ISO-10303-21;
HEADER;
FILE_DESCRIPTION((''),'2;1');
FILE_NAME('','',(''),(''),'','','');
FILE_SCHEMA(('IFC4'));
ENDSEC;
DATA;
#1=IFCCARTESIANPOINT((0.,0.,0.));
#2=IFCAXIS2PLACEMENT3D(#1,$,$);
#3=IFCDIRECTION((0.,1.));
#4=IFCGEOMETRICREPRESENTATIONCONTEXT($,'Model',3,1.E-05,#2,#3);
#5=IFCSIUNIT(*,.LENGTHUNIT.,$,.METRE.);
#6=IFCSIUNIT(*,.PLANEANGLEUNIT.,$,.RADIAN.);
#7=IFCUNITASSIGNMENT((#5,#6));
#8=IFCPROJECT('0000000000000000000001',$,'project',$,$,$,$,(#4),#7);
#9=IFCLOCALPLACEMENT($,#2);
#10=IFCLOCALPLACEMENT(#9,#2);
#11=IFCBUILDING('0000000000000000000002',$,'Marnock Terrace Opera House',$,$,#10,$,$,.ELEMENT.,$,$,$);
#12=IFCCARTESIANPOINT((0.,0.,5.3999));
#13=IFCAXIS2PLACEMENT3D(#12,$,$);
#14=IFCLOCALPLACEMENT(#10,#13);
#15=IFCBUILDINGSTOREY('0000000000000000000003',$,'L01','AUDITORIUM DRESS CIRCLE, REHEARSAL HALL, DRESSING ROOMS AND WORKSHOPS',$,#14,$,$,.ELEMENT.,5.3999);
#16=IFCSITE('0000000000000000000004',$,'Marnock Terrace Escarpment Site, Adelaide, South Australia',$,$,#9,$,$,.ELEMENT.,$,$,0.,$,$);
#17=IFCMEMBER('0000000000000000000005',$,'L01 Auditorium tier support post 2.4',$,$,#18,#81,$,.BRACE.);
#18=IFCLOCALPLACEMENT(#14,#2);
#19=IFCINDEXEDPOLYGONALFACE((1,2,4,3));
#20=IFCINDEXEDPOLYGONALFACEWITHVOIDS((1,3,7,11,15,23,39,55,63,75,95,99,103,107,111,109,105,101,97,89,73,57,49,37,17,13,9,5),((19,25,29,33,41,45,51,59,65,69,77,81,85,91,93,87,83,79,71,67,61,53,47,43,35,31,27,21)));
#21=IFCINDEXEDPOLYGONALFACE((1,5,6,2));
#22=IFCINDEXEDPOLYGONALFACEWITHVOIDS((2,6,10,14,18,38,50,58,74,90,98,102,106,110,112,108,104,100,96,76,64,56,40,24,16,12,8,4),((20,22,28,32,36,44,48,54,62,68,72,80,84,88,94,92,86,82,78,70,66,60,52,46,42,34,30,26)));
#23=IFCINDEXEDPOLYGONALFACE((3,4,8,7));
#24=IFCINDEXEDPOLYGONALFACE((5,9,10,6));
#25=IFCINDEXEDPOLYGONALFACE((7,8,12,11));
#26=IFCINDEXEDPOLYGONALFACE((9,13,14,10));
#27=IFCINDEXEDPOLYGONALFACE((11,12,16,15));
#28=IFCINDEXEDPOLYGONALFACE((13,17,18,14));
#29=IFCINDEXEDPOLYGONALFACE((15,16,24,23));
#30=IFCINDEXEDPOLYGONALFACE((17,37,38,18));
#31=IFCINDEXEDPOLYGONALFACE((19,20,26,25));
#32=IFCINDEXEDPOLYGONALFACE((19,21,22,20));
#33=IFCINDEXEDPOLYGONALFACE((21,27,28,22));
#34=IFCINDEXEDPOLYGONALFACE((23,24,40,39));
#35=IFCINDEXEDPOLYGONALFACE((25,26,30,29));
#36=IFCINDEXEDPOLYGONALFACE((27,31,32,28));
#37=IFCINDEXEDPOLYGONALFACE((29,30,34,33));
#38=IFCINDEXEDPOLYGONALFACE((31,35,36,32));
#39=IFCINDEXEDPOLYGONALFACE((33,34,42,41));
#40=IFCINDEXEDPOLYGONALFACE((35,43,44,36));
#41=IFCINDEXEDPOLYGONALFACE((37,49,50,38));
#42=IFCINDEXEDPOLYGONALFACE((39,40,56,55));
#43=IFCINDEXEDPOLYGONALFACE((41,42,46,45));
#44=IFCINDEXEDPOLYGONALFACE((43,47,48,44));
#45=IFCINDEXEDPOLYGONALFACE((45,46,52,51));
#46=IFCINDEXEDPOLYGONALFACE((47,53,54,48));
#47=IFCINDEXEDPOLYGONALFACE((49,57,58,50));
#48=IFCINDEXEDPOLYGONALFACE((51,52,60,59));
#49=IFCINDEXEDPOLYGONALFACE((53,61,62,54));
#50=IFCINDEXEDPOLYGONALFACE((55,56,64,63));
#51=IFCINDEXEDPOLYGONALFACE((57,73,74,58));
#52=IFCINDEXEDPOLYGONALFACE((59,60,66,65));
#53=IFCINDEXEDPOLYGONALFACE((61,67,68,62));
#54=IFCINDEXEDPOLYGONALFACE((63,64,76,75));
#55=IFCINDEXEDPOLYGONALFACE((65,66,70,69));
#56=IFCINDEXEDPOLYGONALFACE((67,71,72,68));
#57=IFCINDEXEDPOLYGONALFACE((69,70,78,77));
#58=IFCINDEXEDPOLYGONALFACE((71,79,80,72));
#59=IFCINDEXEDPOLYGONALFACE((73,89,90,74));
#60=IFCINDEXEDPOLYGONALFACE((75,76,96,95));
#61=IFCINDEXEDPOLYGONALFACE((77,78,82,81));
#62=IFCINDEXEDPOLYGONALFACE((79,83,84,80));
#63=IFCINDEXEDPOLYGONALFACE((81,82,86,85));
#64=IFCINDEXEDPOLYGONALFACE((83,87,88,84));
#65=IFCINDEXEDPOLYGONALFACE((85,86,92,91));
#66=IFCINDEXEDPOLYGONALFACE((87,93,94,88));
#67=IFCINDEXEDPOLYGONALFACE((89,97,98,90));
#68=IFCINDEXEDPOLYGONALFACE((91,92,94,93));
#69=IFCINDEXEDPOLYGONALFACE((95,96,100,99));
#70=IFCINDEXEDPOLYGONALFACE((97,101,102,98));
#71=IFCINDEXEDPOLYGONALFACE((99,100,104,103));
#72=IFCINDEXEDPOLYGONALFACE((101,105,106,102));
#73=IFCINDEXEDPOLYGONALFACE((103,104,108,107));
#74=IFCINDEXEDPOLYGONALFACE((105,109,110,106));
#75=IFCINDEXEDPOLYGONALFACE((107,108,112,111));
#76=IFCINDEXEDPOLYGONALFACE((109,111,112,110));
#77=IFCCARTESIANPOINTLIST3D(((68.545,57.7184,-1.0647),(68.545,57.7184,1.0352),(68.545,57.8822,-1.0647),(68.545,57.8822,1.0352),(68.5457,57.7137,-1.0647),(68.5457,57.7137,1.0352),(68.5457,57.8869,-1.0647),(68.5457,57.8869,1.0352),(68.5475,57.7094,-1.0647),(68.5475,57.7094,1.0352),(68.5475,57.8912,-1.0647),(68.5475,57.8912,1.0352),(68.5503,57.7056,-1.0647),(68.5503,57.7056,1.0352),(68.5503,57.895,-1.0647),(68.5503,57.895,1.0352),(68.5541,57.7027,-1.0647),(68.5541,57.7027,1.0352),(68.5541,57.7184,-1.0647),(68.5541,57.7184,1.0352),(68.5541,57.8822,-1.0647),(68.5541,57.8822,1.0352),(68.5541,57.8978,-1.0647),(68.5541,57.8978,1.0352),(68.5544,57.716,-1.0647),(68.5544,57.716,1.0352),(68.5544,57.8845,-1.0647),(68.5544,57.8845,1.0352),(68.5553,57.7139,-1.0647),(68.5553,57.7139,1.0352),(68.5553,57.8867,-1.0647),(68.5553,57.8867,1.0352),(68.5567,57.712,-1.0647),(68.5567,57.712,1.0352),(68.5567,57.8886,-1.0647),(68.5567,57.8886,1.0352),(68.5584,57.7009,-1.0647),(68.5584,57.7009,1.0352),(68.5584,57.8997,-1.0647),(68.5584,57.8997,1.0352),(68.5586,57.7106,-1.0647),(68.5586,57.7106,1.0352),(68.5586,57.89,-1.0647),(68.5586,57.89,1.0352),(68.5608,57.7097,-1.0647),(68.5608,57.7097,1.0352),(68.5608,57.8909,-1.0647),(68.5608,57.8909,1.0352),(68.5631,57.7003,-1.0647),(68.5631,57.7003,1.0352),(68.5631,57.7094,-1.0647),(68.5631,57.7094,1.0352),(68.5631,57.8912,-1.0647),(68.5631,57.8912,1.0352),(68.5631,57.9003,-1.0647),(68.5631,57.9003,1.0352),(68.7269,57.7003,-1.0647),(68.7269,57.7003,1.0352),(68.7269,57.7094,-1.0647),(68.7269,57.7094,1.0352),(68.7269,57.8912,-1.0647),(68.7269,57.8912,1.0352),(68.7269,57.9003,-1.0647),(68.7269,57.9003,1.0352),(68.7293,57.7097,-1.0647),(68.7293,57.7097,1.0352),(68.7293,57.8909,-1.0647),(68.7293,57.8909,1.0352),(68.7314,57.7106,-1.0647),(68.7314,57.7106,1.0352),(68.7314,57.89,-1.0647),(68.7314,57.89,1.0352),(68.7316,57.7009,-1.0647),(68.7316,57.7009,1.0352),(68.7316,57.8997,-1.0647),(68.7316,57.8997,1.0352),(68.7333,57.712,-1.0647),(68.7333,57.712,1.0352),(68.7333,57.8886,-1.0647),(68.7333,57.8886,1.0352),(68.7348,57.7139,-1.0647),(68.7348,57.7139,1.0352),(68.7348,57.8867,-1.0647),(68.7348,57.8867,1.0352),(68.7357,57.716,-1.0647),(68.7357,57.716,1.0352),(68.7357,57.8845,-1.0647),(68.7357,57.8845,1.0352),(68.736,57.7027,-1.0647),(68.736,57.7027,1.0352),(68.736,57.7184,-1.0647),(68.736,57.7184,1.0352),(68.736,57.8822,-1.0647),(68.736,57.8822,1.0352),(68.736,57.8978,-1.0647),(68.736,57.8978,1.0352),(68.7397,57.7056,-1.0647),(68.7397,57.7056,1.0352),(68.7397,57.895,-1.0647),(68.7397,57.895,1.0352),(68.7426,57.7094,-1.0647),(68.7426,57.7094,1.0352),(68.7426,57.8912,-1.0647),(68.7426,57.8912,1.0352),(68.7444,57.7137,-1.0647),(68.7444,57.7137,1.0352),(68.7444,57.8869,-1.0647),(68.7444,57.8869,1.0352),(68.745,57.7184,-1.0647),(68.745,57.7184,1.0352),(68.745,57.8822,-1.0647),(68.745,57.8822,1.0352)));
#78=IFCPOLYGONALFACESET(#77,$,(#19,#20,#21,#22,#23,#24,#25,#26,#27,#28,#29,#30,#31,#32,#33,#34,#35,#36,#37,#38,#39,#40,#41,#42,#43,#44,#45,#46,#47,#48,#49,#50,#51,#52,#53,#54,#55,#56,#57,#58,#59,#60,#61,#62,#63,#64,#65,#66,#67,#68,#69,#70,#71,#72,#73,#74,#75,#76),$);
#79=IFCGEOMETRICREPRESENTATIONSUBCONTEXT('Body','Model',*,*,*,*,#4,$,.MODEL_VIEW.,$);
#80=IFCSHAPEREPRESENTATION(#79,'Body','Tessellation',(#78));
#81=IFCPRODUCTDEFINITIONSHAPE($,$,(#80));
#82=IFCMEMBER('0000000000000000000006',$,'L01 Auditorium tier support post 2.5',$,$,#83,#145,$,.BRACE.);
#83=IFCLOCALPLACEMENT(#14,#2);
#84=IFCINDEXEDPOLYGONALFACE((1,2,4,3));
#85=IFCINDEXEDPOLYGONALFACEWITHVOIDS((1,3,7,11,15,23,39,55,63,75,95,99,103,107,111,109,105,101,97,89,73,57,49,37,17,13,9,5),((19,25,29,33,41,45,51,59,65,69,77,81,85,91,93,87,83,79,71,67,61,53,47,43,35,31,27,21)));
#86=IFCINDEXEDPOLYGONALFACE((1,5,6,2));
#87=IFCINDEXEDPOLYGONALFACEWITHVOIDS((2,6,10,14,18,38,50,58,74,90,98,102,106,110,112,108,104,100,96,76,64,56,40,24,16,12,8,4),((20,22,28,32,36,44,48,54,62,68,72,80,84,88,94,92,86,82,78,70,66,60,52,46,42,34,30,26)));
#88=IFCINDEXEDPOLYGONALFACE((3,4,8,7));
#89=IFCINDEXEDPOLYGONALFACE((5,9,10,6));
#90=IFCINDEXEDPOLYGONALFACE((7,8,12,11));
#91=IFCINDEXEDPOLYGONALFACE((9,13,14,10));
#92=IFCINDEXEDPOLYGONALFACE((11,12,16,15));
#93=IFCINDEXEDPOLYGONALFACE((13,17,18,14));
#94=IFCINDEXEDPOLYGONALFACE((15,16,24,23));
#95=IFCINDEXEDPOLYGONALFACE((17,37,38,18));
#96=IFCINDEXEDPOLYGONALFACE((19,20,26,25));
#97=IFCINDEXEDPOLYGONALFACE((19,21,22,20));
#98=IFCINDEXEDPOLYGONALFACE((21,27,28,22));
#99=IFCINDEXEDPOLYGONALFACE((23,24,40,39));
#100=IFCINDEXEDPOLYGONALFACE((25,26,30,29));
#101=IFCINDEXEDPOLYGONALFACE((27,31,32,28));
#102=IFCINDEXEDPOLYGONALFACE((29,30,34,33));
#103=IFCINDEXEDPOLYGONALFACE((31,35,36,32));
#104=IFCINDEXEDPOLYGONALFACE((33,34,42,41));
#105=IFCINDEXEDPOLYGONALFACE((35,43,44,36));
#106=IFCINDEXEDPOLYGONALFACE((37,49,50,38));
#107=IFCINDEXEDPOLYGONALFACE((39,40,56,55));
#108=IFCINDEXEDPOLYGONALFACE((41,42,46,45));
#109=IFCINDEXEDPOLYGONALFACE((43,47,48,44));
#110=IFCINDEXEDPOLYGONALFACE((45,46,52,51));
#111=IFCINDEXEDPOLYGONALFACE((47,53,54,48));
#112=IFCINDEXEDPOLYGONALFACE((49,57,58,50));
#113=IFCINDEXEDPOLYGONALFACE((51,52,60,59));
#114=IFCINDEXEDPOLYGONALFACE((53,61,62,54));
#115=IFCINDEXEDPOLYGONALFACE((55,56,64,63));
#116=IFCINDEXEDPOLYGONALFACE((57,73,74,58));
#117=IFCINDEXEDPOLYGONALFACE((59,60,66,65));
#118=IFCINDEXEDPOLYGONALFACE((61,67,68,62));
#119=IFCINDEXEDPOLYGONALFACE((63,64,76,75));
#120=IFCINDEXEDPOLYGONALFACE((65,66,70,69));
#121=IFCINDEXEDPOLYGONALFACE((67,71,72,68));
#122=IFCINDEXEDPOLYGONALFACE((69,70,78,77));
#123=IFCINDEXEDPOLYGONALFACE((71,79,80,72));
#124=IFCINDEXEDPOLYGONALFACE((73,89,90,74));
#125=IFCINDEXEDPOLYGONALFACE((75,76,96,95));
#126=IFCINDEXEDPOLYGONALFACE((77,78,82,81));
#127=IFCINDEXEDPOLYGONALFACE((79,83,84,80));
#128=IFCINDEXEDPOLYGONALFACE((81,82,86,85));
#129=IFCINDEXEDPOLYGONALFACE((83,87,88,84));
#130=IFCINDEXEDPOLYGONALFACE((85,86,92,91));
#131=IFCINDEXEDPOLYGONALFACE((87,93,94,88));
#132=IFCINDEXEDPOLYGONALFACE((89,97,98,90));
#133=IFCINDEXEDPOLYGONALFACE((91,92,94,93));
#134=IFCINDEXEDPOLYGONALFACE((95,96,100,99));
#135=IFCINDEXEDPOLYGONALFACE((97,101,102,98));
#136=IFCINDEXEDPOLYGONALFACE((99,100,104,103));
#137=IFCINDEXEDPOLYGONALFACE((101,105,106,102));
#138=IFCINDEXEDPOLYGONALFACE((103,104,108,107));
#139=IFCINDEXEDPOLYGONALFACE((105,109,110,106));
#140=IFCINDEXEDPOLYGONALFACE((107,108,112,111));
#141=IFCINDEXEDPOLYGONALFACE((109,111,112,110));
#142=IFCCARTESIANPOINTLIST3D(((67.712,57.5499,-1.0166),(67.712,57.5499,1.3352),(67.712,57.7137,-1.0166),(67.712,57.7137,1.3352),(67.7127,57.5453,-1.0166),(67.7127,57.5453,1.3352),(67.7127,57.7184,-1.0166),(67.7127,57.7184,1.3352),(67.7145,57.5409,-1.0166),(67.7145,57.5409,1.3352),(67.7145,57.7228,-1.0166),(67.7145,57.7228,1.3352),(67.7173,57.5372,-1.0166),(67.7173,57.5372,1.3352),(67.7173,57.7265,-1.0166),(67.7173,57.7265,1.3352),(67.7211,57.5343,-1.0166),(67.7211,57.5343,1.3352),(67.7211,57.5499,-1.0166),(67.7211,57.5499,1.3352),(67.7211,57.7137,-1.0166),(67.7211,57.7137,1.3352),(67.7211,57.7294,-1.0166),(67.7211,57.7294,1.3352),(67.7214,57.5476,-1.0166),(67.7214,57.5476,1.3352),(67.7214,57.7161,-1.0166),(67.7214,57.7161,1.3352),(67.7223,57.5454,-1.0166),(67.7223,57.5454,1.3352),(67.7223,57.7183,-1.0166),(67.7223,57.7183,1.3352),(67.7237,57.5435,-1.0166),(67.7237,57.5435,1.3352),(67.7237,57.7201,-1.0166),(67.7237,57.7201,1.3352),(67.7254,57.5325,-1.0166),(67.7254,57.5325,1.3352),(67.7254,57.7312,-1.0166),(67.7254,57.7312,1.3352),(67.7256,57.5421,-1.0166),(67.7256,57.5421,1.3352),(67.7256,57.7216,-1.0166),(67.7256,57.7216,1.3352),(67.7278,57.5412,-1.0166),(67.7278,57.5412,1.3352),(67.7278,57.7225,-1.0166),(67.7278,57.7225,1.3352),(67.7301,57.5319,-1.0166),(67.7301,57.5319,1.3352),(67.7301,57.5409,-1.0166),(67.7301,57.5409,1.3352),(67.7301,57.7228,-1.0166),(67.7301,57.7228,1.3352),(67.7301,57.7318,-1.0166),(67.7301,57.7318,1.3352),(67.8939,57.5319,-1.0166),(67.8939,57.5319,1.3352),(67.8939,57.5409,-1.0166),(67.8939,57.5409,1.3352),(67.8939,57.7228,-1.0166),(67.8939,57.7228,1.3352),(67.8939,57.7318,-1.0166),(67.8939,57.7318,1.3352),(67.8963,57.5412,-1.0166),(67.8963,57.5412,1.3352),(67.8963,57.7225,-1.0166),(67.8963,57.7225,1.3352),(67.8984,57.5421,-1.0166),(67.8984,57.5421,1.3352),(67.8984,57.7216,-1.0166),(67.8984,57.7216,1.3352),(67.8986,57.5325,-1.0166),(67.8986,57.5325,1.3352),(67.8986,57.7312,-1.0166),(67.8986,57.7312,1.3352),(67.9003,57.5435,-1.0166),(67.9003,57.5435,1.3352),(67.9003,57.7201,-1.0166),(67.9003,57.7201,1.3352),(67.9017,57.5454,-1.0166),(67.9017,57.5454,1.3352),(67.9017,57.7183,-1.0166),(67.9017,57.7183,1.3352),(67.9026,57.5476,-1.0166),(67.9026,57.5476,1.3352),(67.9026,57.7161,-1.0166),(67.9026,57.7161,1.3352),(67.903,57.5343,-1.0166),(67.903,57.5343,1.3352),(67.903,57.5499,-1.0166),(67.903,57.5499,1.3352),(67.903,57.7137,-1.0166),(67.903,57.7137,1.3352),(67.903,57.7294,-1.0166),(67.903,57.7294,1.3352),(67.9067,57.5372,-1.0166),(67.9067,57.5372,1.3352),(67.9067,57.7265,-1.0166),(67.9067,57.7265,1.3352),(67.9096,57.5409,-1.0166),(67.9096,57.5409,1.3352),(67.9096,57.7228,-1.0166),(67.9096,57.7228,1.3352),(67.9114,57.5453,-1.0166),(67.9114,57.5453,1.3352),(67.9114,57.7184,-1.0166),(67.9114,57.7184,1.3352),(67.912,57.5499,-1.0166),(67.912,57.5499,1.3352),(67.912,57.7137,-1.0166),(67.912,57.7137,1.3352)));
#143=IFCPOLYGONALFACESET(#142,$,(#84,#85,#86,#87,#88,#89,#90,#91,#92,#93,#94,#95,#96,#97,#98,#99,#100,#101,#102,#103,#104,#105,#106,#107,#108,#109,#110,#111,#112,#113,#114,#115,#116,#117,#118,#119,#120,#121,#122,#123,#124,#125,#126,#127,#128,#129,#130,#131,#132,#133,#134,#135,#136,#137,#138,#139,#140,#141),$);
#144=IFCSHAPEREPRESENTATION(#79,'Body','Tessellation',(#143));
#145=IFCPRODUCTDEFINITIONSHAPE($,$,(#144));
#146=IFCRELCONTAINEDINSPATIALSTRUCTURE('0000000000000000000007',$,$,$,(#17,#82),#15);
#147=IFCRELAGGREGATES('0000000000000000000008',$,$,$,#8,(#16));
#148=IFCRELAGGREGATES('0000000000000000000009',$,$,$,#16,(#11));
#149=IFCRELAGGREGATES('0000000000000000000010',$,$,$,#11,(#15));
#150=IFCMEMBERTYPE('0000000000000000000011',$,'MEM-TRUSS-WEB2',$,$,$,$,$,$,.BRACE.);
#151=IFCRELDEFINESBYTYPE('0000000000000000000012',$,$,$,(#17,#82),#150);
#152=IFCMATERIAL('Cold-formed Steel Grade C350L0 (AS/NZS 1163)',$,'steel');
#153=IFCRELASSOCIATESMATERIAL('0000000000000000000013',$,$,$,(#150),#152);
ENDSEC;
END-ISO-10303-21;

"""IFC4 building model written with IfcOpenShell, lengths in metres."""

from ifc_helpers import new_model, si_unit, direction, frame, origin, origin_2d, place, context, subcontext, project, spatial, hollow_rectangle, extrude, material, material_profile, profile_set, type_object, element, save


model = new_model("IFC4")

# Units and contexts
model_context = context("Model", 3, precision=1e-05, world=origin(), true_north=direction((0.0, 1.0)))
body_context = subcontext(model_context, "Body", "Model", "MODEL_VIEW")
ifc_project = project(units=[si_unit("LENGTHUNIT", "METRE"), si_unit("PLANEANGLEUNIT", "RADIAN")], contexts=[model_context])

# Site, building, storey
site_placement = place(None, origin())
site = spatial("IfcSite", under=ifc_project, at=site_placement, Name="Marnock Terrace Escarpment Site, Adelaide, South Australia", CompositionType="ELEMENT", RefElevation=0.0)
building_placement = place(site_placement, origin())
building = spatial("IfcBuilding", under=site, at=building_placement, Name="Marnock Terrace Opera House", CompositionType="ELEMENT")
storey_placement = place(building_placement, frame((0.0, 0.0, 5.3999)))
storey = spatial("IfcBuildingStorey", under=building, at=storey_placement, Name="L01", Description="AUDITORIUM DRESS CIRCLE, REHEARSAL HALL, DRESSING ROOMS AND WORKSHOPS", CompositionType="ELEMENT", Elevation=5.3999)

# Members
ifc_material_1 = material(Name="Cold-formed Steel Grade C350L0 (AS/NZS 1163)", Category="steel")
ifc_material_profile_1 = material_profile(ifc_material_1, hollow_rectangle(XDim=0.2, YDim=0.2, WallThickness=0.009, InnerFilletRadius=0.009, OuterFilletRadius=0.0181, at=origin_2d()))
ifc_profile_set_1 = profile_set([ifc_material_profile_1], Name="Cold-formed Steel Grade C350L0 (AS/NZS 1163)")
member_type = type_object("IfcMemberType", Name="MEM-TRUSS-WEB2", PredefinedType="BRACE", material=ifc_profile_set_1)
member_1_placement = place(storey_placement, frame((68.645, 57.8003, -1.0647), z_axis=(0.0, 0.0, 1.0), x_axis=(1.0, 0.0, 0.0)))
element("IfcMember", 1, at=member_1_placement, inside=storey, type_object=member_type, Name="L01 Auditorium tier support post 2.4", PredefinedType="BRACE", context=body_context, shape_type="SweptSolid", body=[
    extrude(hollow_rectangle(XDim=0.2, YDim=0.2, WallThickness=0.009, InnerFilletRadius=0.009, OuterFilletRadius=0.0181, at=origin_2d()), origin(), (0.0, 0.0, 1.0), 2.0999),
])
member_2_placement = place(storey_placement, frame((67.812, 57.6318, -1.0166), z_axis=(0.0, 0.0, 1.0), x_axis=(1.0, 0.0, 0.0)))
element("IfcMember", 2, at=member_2_placement, inside=storey, type_object=member_type, Name="L01 Auditorium tier support post 2.5", PredefinedType="BRACE", context=body_context, shape_type="SweptSolid", body=[
    extrude(hollow_rectangle(XDim=0.2, YDim=0.2, WallThickness=0.009, InnerFilletRadius=0.009, OuterFilletRadius=0.0181, at=origin_2d()), origin(), (0.0, 0.0, 1.0), 2.3518),
])

save(model, "model.ifc")
